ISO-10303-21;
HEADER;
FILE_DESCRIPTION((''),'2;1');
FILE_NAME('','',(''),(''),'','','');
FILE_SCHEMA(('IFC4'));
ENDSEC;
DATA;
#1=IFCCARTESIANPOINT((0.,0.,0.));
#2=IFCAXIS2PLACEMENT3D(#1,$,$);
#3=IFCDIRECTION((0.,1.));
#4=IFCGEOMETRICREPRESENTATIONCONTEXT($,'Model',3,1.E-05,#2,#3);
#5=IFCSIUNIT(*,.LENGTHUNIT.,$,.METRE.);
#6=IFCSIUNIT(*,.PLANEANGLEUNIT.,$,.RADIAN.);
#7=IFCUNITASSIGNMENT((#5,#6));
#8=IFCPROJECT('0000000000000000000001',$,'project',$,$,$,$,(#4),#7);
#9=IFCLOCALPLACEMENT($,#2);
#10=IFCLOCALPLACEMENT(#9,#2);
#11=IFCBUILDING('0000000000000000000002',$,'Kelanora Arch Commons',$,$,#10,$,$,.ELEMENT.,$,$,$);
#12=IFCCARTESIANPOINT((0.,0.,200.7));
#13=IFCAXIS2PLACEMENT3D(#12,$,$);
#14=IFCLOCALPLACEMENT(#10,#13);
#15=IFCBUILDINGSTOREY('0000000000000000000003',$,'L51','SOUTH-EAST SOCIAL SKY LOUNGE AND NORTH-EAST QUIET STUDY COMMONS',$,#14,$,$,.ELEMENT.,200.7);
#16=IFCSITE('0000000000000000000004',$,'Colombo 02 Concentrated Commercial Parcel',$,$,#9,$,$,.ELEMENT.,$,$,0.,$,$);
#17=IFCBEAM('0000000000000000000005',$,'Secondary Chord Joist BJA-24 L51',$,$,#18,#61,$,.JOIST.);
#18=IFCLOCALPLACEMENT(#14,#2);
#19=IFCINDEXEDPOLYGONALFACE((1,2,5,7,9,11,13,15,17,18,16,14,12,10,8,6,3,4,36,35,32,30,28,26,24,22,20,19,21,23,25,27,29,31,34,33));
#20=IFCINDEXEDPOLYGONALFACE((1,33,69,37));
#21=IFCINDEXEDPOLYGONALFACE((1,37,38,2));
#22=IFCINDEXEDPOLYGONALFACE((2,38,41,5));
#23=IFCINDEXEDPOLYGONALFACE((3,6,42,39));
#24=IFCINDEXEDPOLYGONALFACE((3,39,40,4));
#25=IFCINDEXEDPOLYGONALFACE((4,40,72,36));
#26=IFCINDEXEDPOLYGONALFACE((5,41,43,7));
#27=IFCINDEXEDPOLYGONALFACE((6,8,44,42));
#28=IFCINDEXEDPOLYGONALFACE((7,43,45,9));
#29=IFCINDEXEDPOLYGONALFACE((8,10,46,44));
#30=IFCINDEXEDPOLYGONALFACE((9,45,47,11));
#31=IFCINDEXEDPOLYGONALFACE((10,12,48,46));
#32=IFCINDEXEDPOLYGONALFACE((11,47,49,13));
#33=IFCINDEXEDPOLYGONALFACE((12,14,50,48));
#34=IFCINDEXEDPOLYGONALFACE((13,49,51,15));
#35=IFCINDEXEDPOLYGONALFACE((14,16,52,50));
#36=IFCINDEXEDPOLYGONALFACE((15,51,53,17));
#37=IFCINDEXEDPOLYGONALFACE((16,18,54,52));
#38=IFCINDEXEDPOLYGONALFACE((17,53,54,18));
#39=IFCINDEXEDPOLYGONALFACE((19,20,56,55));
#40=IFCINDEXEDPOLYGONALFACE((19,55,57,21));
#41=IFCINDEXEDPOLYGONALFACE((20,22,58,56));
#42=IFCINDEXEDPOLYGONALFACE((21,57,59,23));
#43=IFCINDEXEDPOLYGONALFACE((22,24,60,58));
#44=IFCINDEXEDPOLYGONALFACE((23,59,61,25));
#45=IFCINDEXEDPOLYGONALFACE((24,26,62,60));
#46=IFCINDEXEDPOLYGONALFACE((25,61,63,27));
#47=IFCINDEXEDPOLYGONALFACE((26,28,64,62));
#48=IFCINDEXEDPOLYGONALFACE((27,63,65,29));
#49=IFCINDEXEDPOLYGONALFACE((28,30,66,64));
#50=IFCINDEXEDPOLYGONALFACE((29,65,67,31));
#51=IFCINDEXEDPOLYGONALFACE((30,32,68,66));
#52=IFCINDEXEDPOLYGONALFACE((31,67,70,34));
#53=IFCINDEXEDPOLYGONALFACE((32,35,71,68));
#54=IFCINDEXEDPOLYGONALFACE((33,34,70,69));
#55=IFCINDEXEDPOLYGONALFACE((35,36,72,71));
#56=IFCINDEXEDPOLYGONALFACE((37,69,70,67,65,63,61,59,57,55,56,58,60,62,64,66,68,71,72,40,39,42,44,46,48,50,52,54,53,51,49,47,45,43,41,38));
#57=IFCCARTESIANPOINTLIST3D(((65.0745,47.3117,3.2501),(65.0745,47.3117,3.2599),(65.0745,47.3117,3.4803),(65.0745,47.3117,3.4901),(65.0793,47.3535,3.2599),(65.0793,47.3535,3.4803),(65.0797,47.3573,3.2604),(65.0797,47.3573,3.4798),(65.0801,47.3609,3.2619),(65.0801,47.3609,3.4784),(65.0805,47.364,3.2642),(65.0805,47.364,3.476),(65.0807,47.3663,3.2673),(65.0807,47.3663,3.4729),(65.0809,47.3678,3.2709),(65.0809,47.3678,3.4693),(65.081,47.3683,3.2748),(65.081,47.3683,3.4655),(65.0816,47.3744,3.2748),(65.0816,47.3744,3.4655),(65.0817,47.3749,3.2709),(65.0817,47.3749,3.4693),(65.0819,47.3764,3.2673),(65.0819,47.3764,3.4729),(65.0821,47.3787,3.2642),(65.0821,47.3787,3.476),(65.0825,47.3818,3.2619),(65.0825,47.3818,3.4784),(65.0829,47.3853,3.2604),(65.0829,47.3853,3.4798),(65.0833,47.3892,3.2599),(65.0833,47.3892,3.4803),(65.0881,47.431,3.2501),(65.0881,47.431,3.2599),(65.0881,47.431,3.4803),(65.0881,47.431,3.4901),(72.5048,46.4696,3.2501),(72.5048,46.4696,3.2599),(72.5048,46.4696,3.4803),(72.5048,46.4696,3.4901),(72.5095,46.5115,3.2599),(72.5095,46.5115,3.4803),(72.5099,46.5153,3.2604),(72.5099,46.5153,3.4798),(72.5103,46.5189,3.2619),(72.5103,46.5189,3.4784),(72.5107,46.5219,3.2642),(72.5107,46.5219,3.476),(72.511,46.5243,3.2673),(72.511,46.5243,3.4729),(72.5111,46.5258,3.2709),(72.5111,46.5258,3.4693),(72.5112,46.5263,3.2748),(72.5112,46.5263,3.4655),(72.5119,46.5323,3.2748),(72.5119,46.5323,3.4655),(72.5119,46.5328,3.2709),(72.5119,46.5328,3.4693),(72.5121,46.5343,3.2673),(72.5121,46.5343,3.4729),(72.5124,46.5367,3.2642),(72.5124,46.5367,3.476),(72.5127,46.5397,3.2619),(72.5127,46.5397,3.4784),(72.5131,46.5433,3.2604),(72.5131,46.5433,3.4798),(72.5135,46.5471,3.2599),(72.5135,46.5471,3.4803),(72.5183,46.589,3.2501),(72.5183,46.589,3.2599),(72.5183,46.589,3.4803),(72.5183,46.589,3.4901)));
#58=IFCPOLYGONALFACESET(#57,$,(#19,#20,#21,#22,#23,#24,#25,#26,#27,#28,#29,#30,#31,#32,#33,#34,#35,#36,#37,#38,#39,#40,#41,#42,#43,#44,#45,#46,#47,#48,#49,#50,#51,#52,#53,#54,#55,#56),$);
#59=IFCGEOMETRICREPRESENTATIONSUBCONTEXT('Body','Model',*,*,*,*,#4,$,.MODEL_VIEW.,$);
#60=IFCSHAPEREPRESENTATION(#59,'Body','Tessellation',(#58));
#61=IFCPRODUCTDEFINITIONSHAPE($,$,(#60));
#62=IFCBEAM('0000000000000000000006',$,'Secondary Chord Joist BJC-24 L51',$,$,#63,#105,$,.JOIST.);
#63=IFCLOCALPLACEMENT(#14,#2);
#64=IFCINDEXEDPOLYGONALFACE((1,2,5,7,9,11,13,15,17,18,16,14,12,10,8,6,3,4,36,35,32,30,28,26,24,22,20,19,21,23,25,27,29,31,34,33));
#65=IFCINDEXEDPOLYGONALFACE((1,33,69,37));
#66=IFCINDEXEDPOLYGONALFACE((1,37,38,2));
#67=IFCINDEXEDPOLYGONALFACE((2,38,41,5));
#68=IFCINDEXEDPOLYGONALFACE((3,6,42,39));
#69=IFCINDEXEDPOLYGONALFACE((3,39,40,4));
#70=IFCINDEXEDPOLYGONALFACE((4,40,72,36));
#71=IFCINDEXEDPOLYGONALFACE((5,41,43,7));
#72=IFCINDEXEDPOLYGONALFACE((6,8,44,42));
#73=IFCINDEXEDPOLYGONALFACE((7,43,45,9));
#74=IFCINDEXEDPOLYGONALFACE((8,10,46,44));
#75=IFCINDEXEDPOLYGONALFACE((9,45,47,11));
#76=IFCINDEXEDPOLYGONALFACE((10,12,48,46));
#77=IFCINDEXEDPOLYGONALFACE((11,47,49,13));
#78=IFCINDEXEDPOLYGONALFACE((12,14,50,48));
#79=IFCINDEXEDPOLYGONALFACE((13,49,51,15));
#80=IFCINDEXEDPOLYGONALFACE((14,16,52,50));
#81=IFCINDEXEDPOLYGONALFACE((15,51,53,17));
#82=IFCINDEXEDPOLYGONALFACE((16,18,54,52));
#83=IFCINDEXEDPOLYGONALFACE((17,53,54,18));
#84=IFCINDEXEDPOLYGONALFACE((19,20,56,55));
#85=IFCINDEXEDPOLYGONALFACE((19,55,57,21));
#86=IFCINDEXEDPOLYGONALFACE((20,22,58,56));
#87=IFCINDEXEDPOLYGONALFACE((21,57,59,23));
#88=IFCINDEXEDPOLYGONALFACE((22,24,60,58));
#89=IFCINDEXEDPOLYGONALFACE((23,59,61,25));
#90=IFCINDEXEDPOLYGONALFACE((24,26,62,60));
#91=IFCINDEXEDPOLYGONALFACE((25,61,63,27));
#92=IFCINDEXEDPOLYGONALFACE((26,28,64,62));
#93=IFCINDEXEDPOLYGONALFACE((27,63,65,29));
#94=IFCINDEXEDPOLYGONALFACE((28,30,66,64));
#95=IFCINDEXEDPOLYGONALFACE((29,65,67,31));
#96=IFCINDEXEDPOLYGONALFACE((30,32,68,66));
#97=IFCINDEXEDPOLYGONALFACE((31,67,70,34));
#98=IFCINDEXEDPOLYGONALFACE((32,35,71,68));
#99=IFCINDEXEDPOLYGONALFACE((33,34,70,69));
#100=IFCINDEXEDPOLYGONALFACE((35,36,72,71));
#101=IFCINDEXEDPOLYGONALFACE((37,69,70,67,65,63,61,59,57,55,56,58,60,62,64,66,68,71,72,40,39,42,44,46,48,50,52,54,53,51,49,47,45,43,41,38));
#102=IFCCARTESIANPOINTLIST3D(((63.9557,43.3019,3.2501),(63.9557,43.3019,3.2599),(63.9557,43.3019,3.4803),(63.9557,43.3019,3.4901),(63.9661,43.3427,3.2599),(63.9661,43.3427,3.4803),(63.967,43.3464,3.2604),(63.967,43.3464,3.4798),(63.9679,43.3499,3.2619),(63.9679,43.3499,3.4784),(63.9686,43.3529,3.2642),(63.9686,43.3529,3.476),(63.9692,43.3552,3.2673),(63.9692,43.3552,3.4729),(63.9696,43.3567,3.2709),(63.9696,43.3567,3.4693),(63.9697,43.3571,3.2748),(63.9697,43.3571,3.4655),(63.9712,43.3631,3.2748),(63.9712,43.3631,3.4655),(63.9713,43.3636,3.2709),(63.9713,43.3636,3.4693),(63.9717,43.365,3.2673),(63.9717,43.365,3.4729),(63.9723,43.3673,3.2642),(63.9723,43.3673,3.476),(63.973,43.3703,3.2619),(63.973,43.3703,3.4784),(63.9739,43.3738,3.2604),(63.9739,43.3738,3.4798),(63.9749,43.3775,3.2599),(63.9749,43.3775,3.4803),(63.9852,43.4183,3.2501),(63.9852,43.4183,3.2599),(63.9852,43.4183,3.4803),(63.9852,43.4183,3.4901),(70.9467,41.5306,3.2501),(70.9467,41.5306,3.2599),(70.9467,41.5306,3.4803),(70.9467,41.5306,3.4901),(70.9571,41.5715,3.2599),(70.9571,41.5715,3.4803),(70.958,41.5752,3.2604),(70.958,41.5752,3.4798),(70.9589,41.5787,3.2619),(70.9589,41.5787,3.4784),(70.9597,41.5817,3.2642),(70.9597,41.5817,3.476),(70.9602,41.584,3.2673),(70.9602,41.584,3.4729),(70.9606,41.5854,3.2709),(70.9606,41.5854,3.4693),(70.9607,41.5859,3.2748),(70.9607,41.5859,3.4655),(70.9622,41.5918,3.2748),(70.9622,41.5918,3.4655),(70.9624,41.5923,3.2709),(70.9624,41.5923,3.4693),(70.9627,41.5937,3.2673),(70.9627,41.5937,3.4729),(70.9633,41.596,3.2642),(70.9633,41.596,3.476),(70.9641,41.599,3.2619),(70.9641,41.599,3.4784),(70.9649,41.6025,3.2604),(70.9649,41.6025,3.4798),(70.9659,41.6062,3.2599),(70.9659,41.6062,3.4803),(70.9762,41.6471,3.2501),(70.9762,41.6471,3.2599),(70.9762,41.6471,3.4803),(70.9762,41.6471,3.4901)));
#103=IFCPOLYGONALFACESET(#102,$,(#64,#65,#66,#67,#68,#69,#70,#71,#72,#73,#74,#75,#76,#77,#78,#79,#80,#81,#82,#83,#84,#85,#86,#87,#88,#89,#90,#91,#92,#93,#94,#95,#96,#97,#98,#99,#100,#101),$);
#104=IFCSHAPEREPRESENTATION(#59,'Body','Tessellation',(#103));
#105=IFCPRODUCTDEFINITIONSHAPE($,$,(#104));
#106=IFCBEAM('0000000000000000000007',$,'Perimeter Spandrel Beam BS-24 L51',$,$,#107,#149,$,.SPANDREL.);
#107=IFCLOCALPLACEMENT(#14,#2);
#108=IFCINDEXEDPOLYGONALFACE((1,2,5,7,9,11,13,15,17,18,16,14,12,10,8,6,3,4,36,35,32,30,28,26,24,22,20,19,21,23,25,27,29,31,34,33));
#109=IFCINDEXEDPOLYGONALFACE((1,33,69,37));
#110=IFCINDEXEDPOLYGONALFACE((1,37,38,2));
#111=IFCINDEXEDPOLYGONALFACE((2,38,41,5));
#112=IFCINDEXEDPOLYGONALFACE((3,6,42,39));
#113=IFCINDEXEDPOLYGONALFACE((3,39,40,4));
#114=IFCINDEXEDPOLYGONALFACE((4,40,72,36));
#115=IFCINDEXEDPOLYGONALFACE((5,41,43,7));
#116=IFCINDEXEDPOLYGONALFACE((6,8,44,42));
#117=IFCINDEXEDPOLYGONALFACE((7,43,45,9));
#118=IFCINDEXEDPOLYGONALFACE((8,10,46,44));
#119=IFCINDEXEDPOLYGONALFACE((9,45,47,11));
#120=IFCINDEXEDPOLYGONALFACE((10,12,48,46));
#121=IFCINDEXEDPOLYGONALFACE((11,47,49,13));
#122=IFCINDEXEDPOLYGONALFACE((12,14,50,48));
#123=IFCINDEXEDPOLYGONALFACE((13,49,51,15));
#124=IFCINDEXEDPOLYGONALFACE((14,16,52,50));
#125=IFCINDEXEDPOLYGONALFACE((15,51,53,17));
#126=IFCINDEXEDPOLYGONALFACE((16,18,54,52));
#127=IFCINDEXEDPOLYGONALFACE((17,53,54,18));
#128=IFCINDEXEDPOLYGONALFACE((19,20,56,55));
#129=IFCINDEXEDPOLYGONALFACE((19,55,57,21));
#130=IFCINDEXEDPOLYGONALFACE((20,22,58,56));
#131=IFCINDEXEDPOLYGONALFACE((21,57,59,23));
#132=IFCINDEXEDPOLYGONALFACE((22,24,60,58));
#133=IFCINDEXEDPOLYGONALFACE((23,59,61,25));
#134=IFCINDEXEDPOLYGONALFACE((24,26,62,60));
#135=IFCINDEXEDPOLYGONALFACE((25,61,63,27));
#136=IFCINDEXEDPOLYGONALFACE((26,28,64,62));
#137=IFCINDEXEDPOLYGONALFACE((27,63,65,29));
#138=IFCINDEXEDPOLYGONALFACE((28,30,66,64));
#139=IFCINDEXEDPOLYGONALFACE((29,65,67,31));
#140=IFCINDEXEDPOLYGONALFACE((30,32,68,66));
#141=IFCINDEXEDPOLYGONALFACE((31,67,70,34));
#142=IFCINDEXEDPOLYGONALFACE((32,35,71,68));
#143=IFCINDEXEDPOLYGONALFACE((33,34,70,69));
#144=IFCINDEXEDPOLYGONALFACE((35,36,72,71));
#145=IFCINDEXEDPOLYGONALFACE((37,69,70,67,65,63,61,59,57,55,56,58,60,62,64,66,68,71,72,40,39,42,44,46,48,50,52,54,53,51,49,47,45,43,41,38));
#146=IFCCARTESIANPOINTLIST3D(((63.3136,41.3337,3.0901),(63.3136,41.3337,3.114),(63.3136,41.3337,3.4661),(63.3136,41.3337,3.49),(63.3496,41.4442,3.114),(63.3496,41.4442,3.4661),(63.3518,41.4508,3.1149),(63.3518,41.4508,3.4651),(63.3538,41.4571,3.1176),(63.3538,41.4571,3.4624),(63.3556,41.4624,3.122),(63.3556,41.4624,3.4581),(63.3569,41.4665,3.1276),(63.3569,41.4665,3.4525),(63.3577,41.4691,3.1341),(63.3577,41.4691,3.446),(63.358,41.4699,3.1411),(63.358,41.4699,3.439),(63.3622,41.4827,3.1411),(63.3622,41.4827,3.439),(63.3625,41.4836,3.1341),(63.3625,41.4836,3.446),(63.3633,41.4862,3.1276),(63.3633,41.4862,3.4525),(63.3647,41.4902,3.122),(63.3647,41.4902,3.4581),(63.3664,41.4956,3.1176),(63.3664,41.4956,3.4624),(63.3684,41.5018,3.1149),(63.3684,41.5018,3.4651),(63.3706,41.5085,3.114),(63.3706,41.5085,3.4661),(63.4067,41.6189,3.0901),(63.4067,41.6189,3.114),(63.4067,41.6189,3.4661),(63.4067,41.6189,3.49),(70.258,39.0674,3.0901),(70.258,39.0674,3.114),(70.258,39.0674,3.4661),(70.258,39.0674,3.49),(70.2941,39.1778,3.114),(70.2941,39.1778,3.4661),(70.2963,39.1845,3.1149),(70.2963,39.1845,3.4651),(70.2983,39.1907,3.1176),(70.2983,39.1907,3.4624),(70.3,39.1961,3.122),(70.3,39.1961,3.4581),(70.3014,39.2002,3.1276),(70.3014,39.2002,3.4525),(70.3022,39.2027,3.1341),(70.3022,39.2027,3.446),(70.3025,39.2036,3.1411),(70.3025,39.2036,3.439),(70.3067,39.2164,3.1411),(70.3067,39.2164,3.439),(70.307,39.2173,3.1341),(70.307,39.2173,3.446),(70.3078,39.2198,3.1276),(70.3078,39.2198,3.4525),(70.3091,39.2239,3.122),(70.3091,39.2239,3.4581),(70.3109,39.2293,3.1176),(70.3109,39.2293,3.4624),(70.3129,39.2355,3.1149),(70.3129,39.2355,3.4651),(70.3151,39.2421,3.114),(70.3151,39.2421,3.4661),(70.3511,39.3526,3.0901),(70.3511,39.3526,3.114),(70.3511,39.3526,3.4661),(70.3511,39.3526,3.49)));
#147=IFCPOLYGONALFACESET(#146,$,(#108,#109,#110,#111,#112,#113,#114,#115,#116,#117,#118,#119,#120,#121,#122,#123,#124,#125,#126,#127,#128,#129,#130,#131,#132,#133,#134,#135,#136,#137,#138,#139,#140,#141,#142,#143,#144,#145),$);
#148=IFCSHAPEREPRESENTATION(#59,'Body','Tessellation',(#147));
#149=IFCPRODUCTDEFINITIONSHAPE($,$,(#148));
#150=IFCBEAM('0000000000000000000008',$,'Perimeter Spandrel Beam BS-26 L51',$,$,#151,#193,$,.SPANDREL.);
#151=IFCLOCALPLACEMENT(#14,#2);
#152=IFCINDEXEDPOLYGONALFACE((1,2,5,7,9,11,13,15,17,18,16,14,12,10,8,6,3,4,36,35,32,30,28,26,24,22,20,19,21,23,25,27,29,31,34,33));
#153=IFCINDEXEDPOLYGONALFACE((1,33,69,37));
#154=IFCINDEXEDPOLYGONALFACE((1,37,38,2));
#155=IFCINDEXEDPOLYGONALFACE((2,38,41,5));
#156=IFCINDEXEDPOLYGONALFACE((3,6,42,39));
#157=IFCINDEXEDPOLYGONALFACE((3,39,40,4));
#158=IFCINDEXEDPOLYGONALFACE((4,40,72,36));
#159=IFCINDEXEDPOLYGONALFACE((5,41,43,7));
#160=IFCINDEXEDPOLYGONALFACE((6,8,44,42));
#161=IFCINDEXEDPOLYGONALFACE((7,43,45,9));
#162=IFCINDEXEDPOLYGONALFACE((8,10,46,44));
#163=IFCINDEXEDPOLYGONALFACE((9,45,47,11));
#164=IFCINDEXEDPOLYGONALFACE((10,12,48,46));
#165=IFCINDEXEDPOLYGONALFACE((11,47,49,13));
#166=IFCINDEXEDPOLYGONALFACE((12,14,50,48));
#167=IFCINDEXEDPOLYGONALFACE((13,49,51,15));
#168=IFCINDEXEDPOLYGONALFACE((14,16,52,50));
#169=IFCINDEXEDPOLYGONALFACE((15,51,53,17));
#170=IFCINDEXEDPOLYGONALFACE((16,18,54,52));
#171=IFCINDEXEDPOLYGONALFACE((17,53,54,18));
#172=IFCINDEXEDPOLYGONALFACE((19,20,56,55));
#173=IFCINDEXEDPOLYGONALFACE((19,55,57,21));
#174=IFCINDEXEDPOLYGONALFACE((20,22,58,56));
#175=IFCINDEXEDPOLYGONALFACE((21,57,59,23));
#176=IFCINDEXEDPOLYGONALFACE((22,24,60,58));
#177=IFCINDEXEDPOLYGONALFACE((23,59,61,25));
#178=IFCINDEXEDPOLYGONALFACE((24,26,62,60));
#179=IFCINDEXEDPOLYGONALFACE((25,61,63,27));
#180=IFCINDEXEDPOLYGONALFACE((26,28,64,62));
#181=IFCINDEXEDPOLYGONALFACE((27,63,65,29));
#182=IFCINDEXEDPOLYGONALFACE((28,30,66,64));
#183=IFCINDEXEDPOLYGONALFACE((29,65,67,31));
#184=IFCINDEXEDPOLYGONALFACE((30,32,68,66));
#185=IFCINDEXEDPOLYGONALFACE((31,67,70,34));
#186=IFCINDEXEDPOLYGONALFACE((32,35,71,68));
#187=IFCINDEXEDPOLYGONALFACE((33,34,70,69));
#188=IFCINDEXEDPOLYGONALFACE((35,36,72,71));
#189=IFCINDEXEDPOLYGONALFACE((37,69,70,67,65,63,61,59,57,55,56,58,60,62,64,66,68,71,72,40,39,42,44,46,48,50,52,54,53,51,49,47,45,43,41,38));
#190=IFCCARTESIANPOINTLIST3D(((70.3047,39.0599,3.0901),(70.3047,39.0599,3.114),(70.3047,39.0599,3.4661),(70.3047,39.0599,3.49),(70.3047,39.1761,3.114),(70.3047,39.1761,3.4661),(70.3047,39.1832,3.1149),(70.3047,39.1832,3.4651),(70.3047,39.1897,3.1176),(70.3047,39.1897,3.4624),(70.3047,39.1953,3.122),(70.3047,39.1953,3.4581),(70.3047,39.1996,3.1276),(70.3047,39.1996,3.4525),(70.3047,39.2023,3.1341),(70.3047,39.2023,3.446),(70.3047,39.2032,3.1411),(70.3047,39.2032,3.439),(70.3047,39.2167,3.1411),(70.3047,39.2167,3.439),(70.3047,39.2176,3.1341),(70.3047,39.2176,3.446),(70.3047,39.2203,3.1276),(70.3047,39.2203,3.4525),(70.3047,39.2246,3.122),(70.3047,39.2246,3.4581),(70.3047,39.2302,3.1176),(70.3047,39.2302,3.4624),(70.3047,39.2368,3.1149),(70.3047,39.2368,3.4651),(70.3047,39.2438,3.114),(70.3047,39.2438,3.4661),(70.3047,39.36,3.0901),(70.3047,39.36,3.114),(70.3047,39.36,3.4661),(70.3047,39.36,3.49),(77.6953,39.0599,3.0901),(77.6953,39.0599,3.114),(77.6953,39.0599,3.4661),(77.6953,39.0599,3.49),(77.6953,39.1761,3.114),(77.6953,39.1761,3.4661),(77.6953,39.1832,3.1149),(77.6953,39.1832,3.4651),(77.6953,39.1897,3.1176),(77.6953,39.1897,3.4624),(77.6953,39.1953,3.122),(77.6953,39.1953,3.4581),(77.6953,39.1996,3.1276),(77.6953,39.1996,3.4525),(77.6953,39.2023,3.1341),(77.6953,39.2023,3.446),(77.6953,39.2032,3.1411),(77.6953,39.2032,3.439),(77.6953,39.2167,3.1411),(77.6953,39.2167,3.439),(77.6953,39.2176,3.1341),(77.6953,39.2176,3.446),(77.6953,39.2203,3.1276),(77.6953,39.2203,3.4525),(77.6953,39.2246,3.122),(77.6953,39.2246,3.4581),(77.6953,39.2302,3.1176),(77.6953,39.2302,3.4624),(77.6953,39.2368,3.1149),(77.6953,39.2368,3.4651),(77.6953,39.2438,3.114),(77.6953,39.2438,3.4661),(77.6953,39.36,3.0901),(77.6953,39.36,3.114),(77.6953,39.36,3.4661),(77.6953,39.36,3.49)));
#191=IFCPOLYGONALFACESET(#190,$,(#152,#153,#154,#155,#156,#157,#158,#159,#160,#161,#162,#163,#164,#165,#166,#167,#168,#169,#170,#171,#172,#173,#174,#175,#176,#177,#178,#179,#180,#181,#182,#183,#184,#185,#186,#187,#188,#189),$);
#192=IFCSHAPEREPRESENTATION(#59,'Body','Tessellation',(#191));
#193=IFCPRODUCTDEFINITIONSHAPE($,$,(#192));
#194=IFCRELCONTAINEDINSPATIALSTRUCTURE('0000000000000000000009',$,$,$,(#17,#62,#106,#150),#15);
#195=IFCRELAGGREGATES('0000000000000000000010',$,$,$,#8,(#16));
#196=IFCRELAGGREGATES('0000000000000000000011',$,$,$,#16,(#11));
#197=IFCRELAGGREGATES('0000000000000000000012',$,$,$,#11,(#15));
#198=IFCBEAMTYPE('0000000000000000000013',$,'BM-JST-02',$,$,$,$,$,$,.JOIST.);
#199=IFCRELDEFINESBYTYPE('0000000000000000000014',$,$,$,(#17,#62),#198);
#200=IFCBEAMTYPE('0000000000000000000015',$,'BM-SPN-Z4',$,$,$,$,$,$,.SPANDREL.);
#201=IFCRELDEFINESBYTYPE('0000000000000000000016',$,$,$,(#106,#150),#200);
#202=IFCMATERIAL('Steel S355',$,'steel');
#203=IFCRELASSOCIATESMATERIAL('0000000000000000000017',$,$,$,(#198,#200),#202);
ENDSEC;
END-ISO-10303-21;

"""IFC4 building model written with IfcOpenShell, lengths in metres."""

from ifc_helpers import new_model, si_unit, direction, frame, origin, origin_2d, place, context, subcontext, project, spatial, i_section, extrude, material, material_profile, profile_set, type_object, element, save


model = new_model("IFC4")

# Units and contexts
model_context = context("Model", 3, precision=1e-05, world=origin(), true_north=direction((0.0, 1.0)))
body_context = subcontext(model_context, "Body", "Model", "MODEL_VIEW")
ifc_project = project(units=[si_unit("LENGTHUNIT", "METRE"), si_unit("PLANEANGLEUNIT", "RADIAN")], contexts=[model_context])

# Site, building, storey
site_placement = place(None, origin())
site = spatial("IfcSite", under=ifc_project, at=site_placement, Name="Colombo 02 Concentrated Commercial Parcel", CompositionType="ELEMENT", RefElevation=0.0)
building_placement = place(site_placement, origin())
building = spatial("IfcBuilding", under=site, at=building_placement, Name="Kelanora Arch Commons", CompositionType="ELEMENT")
storey_placement = place(building_placement, frame((0.0, 0.0, 200.7)))
storey = spatial("IfcBuildingStorey", under=building, at=storey_placement, Name="L51", Description="SOUTH-EAST SOCIAL SKY LOUNGE AND NORTH-EAST QUIET STUDY COMMONS", CompositionType="ELEMENT", Elevation=200.7)

# Beams
ifc_material_1 = material(Name="Steel S355", Category="steel")
ifc_material_profile_1 = material_profile(ifc_material_1, i_section(OverallWidth=0.1201, OverallDepth=0.24, WebThickness=0.0061, FlangeThickness=0.0098, FilletRadius=0.0149, at=origin_2d()), Name="IPE240")
ifc_profile_set_1 = profile_set([ifc_material_profile_1], Name="Steel S355")
beam_type_1 = type_object("IfcBeamType", Name="BM-JST-02", PredefinedType="JOIST", material=ifc_profile_set_1)
beam_1_placement = place(storey_placement, frame((65.0813, 47.3713, 3.3701), z_axis=(0.99364, -0.112606, 0.0), x_axis=(0.112606, 0.99364, 0.0)))
element("IfcBeam", 1, at=beam_1_placement, inside=storey, type_object=beam_type_1, Name="Secondary Chord Joist BJA-24 L51", PredefinedType="JOIST", context=body_context, shape_type="SweptSolid", body=[
    extrude(i_section(OverallWidth=0.1201, OverallDepth=0.24, WebThickness=0.0061, FlangeThickness=0.0098, FilletRadius=0.0149, at=origin_2d()), origin(), (0.0, 0.0, 1.0), 7.4778),
])
beam_2_placement = place(storey_placement, frame((63.9705, 43.3601, 3.3701), z_axis=(0.969371, -0.245601, 0.0), x_axis=(0.245601, 0.969371, 0.0)))
element("IfcBeam", 2, at=beam_2_placement, inside=storey, type_object=beam_type_1, Name="Secondary Chord Joist BJC-24 L51", PredefinedType="JOIST", context=body_context, shape_type="SweptSolid", body=[
    extrude(i_section(OverallWidth=0.1201, OverallDepth=0.24, WebThickness=0.0061, FlangeThickness=0.0098, FilletRadius=0.0149, at=origin_2d()), origin(), (0.0, 0.0, 1.0), 7.2119),
])
ifc_material_profile_2 = material_profile(ifc_material_1, i_section(OverallWidth=0.3, OverallDepth=0.3999, WebThickness=0.0134, FlangeThickness=0.0239, FilletRadius=0.0271, at=origin_2d()), Name="HEB400")
ifc_profile_set_2 = profile_set([ifc_material_profile_2], Name="Steel S355")
beam_type_2 = type_object("IfcBeamType", Name="BM-SPN-Z4", PredefinedType="SPANDREL", material=ifc_profile_set_2)
beam_3_placement = place(storey_placement, frame((63.3601, 41.4763, 3.29), z_axis=(0.950656, -0.310246, 0.0), x_axis=(0.310246, 0.950656, 0.0)))
element("IfcBeam", 3, at=beam_3_placement, inside=storey, type_object=beam_type_2, Name="Perimeter Spandrel Beam BS-24 L51", PredefinedType="SPANDREL", context=body_context, shape_type="SweptSolid", body=[
    extrude(i_section(OverallWidth=0.3, OverallDepth=0.3999, WebThickness=0.0134, FlangeThickness=0.0239, FilletRadius=0.0271, at=origin_2d()), origin(), (0.0, 0.0, 1.0), 7.3049),
])
beam_4_placement = place(storey_placement, frame((70.3047, 39.21, 3.29), z_axis=(1.0, 0.0, 0.0), x_axis=(0.0, 1.0, 0.0)))
element("IfcBeam", 4, at=beam_4_placement, inside=storey, type_object=beam_type_2, Name="Perimeter Spandrel Beam BS-26 L51", PredefinedType="SPANDREL", context=body_context, shape_type="SweptSolid", body=[
    extrude(i_section(OverallWidth=0.3, OverallDepth=0.3999, WebThickness=0.0134, FlangeThickness=0.0239, FilletRadius=0.0271, at=origin_2d()), origin(), (0.0, 0.0, 1.0), 7.3906),
])

save(model, "model.ifc")
